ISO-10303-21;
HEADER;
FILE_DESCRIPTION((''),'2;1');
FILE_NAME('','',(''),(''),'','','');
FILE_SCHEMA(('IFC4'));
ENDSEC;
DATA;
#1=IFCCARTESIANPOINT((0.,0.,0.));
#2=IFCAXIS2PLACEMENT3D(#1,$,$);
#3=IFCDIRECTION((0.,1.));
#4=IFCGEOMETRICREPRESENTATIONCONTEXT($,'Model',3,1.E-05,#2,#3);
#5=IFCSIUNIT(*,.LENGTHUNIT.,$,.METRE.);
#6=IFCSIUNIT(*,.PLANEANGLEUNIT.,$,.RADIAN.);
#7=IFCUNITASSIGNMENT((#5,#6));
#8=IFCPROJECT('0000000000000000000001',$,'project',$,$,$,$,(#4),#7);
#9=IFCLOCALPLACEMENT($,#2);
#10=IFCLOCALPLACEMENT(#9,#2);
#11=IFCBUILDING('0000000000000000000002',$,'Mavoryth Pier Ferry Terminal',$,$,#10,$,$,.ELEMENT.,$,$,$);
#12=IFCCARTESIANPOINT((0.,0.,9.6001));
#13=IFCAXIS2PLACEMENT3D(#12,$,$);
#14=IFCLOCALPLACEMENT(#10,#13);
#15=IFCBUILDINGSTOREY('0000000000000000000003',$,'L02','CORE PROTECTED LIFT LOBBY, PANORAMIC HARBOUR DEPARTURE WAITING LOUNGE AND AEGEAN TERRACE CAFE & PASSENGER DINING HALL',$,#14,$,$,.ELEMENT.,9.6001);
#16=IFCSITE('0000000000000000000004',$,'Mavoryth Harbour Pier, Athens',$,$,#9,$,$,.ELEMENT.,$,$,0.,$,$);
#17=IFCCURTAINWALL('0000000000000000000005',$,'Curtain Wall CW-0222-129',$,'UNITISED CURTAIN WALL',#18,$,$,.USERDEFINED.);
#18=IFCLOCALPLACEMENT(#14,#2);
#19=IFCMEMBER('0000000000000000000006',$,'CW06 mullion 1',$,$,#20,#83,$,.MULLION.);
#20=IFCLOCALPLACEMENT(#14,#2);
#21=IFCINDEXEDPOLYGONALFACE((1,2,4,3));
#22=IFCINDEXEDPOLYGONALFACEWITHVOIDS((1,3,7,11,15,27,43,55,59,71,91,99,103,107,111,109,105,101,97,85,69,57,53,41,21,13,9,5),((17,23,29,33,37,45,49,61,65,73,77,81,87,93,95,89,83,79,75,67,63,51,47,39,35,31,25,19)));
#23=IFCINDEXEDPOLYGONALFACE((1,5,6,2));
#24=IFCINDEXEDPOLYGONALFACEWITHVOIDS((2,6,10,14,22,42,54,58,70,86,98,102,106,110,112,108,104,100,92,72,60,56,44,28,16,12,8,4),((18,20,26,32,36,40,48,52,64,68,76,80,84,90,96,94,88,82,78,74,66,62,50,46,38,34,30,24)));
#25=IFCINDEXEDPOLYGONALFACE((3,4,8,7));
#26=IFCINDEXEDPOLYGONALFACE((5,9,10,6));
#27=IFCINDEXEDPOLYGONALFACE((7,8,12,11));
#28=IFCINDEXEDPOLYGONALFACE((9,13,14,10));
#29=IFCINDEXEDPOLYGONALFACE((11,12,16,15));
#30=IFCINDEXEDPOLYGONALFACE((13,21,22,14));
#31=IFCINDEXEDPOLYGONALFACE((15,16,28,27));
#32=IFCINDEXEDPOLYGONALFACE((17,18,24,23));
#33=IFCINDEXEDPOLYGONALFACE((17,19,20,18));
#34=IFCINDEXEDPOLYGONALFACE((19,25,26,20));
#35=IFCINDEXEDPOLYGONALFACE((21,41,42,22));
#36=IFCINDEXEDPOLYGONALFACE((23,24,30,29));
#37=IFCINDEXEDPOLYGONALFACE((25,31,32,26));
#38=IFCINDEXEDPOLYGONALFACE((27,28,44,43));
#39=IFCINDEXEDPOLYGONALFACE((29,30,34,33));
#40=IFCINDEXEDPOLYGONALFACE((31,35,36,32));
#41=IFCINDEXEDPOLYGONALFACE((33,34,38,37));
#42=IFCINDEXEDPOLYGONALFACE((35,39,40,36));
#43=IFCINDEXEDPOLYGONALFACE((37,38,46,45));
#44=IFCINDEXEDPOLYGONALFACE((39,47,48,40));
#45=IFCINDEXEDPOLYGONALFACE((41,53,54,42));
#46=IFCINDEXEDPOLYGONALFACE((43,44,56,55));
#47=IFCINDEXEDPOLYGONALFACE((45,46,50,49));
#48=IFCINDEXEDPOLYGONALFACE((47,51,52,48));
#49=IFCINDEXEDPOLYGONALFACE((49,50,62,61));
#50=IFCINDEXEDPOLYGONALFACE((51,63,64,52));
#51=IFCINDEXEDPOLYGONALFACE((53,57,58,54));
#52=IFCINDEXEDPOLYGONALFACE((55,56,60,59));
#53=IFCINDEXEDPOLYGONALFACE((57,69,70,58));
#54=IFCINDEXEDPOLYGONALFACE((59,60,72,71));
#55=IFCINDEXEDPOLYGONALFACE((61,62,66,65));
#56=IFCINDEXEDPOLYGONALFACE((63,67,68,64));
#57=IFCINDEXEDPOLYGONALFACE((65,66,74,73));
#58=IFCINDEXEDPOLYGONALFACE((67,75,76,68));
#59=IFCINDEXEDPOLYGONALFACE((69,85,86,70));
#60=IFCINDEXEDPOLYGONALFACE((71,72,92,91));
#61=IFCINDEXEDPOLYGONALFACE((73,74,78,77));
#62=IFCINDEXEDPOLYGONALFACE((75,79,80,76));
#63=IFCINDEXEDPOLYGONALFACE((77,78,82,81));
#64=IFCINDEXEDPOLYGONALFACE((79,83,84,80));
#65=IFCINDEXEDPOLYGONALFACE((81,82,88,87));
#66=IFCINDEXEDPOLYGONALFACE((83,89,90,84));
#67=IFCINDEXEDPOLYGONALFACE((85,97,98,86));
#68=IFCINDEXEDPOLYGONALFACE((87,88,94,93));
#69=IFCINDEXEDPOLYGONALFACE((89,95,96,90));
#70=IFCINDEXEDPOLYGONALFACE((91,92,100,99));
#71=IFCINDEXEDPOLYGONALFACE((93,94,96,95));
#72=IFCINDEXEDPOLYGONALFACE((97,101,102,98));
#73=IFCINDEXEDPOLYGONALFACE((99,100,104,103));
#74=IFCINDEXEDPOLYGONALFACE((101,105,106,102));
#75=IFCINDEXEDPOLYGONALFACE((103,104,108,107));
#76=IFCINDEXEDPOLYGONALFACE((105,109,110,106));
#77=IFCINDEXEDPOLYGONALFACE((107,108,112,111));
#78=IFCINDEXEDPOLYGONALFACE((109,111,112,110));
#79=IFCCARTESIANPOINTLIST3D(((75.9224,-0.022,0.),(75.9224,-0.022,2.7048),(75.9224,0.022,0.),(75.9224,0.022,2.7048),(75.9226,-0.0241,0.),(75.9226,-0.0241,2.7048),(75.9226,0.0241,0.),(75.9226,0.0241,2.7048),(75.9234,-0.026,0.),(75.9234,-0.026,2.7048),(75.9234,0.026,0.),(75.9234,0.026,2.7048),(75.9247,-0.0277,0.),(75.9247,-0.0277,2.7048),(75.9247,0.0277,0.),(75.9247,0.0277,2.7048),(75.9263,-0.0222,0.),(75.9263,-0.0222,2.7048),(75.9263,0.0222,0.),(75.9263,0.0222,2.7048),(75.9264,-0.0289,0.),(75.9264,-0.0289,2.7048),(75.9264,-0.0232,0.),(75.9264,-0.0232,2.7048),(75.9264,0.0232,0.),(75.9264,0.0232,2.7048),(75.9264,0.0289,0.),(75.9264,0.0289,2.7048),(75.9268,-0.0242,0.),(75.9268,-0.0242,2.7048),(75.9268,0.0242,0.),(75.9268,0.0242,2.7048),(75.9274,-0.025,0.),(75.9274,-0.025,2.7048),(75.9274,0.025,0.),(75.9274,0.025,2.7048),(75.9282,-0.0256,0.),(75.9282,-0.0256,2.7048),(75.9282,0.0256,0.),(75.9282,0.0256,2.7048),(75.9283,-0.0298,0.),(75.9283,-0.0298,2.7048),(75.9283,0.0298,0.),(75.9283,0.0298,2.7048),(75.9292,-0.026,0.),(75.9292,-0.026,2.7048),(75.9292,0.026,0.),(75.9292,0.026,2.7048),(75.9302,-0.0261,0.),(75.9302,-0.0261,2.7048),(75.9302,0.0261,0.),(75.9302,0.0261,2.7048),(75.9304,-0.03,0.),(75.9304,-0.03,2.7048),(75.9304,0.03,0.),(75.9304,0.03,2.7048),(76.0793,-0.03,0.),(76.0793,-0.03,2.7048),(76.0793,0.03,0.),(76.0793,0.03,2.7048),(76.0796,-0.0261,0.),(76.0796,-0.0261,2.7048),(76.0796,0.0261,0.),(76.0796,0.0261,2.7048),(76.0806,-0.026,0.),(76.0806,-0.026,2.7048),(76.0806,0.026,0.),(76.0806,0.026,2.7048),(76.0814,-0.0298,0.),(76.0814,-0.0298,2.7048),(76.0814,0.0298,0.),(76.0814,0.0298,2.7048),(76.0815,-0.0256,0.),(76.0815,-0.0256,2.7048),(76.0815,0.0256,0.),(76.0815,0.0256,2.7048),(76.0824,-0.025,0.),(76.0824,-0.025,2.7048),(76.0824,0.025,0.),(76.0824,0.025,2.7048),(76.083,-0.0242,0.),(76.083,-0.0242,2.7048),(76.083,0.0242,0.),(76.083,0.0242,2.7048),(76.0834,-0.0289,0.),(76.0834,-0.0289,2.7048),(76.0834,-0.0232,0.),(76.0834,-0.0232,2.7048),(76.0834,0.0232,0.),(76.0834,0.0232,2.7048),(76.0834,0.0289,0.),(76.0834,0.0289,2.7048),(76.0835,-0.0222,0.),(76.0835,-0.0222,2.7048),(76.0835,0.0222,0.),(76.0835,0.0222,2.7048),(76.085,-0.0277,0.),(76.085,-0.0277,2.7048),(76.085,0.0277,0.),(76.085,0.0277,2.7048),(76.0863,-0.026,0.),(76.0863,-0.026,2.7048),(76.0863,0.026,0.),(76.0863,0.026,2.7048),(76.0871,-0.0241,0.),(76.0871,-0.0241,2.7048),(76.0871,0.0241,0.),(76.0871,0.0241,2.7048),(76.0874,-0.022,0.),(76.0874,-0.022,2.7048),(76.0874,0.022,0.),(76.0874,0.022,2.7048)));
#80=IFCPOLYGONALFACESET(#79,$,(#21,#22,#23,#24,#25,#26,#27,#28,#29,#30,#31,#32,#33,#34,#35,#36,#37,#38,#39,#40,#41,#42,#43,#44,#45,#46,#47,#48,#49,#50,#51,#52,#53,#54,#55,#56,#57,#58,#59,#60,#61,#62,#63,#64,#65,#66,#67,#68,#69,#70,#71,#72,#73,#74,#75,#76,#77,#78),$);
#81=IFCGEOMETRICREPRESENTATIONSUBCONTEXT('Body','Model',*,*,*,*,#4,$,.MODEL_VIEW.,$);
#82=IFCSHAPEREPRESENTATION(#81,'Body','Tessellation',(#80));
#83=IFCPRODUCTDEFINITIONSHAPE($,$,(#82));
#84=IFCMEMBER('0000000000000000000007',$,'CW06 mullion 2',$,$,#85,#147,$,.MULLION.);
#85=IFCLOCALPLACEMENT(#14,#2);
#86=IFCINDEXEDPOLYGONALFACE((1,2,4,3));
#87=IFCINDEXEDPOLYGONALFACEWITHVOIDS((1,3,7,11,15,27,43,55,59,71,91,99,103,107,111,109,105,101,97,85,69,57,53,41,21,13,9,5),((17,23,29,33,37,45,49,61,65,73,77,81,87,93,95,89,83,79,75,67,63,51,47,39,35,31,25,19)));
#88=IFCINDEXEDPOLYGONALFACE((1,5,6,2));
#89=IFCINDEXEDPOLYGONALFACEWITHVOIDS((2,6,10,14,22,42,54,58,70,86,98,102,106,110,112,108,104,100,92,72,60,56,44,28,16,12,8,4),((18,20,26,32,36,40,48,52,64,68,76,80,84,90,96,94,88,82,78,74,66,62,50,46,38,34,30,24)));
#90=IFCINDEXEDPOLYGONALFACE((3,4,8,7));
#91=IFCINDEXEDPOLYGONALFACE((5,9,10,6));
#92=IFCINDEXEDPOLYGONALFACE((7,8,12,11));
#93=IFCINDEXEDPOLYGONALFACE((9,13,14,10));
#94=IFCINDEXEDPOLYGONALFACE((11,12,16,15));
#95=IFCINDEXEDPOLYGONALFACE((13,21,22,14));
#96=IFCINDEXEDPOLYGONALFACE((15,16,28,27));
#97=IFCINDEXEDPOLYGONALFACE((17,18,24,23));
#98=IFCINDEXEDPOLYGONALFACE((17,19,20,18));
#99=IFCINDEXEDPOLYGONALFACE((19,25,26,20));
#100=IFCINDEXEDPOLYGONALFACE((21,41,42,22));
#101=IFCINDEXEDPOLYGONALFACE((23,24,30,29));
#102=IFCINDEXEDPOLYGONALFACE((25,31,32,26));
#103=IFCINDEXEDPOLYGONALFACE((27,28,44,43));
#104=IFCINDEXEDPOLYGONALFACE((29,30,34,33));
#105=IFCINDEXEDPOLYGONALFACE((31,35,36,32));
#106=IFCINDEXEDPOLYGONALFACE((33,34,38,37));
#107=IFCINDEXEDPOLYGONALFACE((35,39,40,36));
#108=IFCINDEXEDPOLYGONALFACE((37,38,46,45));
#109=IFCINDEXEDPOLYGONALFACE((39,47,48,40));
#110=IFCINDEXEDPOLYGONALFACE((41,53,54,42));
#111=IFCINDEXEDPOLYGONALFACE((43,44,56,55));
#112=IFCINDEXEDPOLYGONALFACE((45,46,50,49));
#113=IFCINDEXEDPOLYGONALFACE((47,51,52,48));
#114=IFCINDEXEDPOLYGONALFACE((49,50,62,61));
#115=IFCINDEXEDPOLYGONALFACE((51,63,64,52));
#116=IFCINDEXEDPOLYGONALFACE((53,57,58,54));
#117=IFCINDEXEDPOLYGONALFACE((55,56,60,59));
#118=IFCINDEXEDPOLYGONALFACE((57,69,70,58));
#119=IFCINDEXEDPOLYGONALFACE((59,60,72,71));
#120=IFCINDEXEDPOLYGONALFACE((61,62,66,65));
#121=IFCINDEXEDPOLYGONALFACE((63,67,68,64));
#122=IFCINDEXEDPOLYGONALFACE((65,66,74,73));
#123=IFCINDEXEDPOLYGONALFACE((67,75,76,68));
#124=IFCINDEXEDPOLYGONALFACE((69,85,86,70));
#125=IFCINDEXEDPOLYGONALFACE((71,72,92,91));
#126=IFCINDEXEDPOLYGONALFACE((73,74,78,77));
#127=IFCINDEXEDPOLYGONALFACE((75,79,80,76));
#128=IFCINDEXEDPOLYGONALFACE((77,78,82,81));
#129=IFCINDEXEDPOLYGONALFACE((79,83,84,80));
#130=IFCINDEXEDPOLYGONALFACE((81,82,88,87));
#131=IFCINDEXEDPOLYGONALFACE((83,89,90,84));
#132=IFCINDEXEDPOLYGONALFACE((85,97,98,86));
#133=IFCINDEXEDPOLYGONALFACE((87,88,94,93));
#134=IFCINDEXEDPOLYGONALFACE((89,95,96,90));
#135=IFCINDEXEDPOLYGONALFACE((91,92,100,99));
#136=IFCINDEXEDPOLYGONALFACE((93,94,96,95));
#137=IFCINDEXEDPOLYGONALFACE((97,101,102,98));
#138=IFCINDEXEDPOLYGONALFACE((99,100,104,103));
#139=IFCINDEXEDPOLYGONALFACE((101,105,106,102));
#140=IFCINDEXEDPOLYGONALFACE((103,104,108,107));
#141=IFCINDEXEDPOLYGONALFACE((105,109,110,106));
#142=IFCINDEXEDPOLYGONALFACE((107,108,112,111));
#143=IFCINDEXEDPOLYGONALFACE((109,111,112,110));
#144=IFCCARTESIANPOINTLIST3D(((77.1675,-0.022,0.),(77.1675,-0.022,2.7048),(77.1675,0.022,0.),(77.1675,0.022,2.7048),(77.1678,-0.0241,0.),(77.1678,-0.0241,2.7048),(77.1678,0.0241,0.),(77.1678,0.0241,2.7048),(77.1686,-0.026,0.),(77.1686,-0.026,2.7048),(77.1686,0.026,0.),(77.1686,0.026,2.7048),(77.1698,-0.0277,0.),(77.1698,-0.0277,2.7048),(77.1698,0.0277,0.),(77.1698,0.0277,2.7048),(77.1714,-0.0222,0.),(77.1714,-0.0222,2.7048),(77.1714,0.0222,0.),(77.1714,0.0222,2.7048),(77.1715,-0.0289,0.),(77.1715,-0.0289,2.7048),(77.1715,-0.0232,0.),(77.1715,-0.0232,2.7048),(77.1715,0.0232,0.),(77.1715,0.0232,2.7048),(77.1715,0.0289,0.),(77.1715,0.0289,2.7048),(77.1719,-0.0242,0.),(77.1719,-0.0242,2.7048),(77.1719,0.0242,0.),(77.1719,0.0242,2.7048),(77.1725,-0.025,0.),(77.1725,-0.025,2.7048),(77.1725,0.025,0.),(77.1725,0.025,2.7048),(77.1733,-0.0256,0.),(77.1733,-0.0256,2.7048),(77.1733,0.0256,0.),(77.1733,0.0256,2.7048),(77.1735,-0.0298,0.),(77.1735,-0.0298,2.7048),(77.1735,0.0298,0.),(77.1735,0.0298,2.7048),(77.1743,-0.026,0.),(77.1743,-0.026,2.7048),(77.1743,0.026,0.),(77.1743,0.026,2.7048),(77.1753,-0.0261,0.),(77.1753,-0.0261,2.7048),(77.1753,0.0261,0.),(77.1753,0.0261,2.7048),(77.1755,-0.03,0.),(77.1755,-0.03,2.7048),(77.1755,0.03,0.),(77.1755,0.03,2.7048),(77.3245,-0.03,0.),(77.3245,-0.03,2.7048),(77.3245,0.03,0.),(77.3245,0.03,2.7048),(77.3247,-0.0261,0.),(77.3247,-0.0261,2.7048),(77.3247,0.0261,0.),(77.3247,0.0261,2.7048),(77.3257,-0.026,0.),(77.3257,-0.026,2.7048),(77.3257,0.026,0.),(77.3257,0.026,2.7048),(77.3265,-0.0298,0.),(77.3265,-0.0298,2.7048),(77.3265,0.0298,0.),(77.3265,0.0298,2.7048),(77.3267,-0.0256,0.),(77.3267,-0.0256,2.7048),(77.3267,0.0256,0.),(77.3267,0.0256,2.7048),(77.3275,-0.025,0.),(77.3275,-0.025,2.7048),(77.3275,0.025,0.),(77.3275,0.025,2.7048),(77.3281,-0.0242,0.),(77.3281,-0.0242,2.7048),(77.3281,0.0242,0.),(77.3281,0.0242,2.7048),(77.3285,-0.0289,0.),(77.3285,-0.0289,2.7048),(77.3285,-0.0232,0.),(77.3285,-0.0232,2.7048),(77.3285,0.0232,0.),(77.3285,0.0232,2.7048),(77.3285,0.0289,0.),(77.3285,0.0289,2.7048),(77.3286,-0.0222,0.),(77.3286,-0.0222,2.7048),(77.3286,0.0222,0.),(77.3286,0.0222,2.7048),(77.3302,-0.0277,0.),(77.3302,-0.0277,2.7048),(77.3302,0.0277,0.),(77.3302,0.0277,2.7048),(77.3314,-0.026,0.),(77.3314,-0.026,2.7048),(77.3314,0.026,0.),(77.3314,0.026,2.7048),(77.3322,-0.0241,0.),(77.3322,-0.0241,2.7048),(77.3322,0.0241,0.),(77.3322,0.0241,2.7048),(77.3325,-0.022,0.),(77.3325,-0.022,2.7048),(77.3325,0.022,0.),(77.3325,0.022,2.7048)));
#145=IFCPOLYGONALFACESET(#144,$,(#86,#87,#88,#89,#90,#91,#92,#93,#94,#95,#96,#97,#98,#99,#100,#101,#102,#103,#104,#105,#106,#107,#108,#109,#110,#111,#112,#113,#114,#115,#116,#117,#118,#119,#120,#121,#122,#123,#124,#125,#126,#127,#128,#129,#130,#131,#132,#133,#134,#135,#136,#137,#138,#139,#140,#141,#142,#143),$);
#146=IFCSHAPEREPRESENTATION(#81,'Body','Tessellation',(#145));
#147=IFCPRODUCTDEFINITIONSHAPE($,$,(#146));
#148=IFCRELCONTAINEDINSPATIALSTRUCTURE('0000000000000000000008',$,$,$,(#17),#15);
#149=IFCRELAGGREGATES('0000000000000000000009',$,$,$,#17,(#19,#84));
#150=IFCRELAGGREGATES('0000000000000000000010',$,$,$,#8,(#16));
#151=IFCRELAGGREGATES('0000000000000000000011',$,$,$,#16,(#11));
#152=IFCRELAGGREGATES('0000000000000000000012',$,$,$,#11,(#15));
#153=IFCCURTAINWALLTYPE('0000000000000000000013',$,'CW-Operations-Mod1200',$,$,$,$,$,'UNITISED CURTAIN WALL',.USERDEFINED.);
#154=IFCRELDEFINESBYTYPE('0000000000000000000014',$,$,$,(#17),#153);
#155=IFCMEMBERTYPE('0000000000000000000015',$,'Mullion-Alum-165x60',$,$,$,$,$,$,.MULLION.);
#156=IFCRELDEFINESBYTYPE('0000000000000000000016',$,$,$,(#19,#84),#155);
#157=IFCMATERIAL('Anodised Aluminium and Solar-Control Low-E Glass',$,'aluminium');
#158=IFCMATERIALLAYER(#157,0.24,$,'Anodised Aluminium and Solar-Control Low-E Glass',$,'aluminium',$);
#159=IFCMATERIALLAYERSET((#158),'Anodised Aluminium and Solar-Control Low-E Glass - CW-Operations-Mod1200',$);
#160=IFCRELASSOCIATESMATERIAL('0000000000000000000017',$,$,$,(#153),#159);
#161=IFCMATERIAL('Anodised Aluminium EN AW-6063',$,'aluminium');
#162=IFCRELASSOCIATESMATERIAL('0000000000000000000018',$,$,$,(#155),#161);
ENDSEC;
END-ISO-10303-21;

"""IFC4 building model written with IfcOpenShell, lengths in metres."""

from ifc_helpers import new_model, si_unit, direction, frame, origin, origin_2d, place, context, subcontext, project, spatial, hollow_rectangle, extrude, material, layer, layer_set, material_profile, profile_set, type_object, element, aggregate, save


model = new_model("IFC4")

# Units and contexts
model_context = context("Model", 3, precision=1e-05, world=origin(), true_north=direction((0.0, 1.0)))
body_context = subcontext(model_context, "Body", "Model", "MODEL_VIEW")
ifc_project = project(units=[si_unit("LENGTHUNIT", "METRE"), si_unit("PLANEANGLEUNIT", "RADIAN")], contexts=[model_context])

# Site, building, storey
site_placement = place(None, origin())
site = spatial("IfcSite", under=ifc_project, at=site_placement, Name="Mavoryth Harbour Pier, Athens", CompositionType="ELEMENT", RefElevation=0.0)
building_placement = place(site_placement, origin())
building = spatial("IfcBuilding", under=site, at=building_placement, Name="Mavoryth Pier Ferry Terminal", CompositionType="ELEMENT")
storey_placement = place(building_placement, frame((0.0, 0.0, 9.6001)))
storey = spatial("IfcBuildingStorey", under=building, at=storey_placement, Name="L02", Description="CORE PROTECTED LIFT LOBBY, PANORAMIC HARBOUR DEPARTURE WAITING LOUNGE AND AEGEAN TERRACE CAFE & PASSENGER DINING HALL", CompositionType="ELEMENT", Elevation=9.6001)

# Curtain wall, members
ifc_material_1 = material(Name="Anodised Aluminium and Solar-Control Low-E Glass", Category="aluminium")
ifc_layer_1 = layer(ifc_material_1, 0.24, Name="Anodised Aluminium and Solar-Control Low-E Glass", Category="aluminium")
ifc_layer_set_1 = layer_set([ifc_layer_1], Name="Anodised Aluminium and Solar-Control Low-E Glass - CW-Operations-Mod1200")
curtain_wall_type = type_object("IfcCurtainWallType", Name="CW-Operations-Mod1200", ElementType="UNITISED CURTAIN WALL", PredefinedType="USERDEFINED", material=ifc_layer_set_1)
ifc_material_2 = material(Name="Anodised Aluminium EN AW-6063", Category="aluminium")
ifc_material_profile_1 = material_profile(ifc_material_2, hollow_rectangle(XDim=0.0601, YDim=0.165, WallThickness=0.0039, InnerFilletRadius=0.0039, OuterFilletRadius=0.0081, at=origin_2d()), Name="AL-MULL 165x60x4", Category="aluminium")
ifc_profile_set_1 = profile_set([ifc_material_profile_1], Name="Anodised Aluminium EN AW-6063 - AL-MULL 165x60x4")
member_type_1 = type_object("IfcMemberType", Name="Mullion-Alum-165x60", PredefinedType="MULLION", material=ifc_profile_set_1)
curtain_wall_1_placement = place(storey_placement, origin())
curtain_wall_1 = element("IfcCurtainWall", 1, at=curtain_wall_1_placement, inside=storey, type_object=curtain_wall_type, Name="Curtain Wall CW-0222-129", ObjectType="UNITISED CURTAIN WALL", PredefinedType="USERDEFINED")
member_1_placement = place(storey_placement, frame((76.0049, 0.0, 0.0), z_axis=(0.0, 0.0, 1.0), x_axis=(0.0, 1.0, 0.0)))
member_1 = element("IfcMember", 2, at=member_1_placement, type_object=member_type_1, Name="CW06 mullion 1", PredefinedType="MULLION", context=body_context, shape_type="SweptSolid", body=[
    extrude(hollow_rectangle(XDim=0.0601, YDim=0.165, WallThickness=0.0039, InnerFilletRadius=0.0039, OuterFilletRadius=0.0081, at=origin_2d()), origin(), (0.0, 0.0, 1.0), 2.7048),
])
member_2_placement = place(storey_placement, frame((77.25, 0.0, 0.0), z_axis=(0.0, 0.0, 1.0), x_axis=(0.0, 1.0, 0.0)))
member_2 = element("IfcMember", 3, at=member_2_placement, type_object=member_type_1, Name="CW06 mullion 2", PredefinedType="MULLION", context=body_context, shape_type="SweptSolid", body=[
    extrude(hollow_rectangle(XDim=0.0601, YDim=0.165, WallThickness=0.0039, InnerFilletRadius=0.0039, OuterFilletRadius=0.0081, at=origin_2d()), origin(), (0.0, 0.0, 1.0), 2.7048),
])

aggregate(curtain_wall_1, [member_1, member_2])

save(model, "model.ifc")
